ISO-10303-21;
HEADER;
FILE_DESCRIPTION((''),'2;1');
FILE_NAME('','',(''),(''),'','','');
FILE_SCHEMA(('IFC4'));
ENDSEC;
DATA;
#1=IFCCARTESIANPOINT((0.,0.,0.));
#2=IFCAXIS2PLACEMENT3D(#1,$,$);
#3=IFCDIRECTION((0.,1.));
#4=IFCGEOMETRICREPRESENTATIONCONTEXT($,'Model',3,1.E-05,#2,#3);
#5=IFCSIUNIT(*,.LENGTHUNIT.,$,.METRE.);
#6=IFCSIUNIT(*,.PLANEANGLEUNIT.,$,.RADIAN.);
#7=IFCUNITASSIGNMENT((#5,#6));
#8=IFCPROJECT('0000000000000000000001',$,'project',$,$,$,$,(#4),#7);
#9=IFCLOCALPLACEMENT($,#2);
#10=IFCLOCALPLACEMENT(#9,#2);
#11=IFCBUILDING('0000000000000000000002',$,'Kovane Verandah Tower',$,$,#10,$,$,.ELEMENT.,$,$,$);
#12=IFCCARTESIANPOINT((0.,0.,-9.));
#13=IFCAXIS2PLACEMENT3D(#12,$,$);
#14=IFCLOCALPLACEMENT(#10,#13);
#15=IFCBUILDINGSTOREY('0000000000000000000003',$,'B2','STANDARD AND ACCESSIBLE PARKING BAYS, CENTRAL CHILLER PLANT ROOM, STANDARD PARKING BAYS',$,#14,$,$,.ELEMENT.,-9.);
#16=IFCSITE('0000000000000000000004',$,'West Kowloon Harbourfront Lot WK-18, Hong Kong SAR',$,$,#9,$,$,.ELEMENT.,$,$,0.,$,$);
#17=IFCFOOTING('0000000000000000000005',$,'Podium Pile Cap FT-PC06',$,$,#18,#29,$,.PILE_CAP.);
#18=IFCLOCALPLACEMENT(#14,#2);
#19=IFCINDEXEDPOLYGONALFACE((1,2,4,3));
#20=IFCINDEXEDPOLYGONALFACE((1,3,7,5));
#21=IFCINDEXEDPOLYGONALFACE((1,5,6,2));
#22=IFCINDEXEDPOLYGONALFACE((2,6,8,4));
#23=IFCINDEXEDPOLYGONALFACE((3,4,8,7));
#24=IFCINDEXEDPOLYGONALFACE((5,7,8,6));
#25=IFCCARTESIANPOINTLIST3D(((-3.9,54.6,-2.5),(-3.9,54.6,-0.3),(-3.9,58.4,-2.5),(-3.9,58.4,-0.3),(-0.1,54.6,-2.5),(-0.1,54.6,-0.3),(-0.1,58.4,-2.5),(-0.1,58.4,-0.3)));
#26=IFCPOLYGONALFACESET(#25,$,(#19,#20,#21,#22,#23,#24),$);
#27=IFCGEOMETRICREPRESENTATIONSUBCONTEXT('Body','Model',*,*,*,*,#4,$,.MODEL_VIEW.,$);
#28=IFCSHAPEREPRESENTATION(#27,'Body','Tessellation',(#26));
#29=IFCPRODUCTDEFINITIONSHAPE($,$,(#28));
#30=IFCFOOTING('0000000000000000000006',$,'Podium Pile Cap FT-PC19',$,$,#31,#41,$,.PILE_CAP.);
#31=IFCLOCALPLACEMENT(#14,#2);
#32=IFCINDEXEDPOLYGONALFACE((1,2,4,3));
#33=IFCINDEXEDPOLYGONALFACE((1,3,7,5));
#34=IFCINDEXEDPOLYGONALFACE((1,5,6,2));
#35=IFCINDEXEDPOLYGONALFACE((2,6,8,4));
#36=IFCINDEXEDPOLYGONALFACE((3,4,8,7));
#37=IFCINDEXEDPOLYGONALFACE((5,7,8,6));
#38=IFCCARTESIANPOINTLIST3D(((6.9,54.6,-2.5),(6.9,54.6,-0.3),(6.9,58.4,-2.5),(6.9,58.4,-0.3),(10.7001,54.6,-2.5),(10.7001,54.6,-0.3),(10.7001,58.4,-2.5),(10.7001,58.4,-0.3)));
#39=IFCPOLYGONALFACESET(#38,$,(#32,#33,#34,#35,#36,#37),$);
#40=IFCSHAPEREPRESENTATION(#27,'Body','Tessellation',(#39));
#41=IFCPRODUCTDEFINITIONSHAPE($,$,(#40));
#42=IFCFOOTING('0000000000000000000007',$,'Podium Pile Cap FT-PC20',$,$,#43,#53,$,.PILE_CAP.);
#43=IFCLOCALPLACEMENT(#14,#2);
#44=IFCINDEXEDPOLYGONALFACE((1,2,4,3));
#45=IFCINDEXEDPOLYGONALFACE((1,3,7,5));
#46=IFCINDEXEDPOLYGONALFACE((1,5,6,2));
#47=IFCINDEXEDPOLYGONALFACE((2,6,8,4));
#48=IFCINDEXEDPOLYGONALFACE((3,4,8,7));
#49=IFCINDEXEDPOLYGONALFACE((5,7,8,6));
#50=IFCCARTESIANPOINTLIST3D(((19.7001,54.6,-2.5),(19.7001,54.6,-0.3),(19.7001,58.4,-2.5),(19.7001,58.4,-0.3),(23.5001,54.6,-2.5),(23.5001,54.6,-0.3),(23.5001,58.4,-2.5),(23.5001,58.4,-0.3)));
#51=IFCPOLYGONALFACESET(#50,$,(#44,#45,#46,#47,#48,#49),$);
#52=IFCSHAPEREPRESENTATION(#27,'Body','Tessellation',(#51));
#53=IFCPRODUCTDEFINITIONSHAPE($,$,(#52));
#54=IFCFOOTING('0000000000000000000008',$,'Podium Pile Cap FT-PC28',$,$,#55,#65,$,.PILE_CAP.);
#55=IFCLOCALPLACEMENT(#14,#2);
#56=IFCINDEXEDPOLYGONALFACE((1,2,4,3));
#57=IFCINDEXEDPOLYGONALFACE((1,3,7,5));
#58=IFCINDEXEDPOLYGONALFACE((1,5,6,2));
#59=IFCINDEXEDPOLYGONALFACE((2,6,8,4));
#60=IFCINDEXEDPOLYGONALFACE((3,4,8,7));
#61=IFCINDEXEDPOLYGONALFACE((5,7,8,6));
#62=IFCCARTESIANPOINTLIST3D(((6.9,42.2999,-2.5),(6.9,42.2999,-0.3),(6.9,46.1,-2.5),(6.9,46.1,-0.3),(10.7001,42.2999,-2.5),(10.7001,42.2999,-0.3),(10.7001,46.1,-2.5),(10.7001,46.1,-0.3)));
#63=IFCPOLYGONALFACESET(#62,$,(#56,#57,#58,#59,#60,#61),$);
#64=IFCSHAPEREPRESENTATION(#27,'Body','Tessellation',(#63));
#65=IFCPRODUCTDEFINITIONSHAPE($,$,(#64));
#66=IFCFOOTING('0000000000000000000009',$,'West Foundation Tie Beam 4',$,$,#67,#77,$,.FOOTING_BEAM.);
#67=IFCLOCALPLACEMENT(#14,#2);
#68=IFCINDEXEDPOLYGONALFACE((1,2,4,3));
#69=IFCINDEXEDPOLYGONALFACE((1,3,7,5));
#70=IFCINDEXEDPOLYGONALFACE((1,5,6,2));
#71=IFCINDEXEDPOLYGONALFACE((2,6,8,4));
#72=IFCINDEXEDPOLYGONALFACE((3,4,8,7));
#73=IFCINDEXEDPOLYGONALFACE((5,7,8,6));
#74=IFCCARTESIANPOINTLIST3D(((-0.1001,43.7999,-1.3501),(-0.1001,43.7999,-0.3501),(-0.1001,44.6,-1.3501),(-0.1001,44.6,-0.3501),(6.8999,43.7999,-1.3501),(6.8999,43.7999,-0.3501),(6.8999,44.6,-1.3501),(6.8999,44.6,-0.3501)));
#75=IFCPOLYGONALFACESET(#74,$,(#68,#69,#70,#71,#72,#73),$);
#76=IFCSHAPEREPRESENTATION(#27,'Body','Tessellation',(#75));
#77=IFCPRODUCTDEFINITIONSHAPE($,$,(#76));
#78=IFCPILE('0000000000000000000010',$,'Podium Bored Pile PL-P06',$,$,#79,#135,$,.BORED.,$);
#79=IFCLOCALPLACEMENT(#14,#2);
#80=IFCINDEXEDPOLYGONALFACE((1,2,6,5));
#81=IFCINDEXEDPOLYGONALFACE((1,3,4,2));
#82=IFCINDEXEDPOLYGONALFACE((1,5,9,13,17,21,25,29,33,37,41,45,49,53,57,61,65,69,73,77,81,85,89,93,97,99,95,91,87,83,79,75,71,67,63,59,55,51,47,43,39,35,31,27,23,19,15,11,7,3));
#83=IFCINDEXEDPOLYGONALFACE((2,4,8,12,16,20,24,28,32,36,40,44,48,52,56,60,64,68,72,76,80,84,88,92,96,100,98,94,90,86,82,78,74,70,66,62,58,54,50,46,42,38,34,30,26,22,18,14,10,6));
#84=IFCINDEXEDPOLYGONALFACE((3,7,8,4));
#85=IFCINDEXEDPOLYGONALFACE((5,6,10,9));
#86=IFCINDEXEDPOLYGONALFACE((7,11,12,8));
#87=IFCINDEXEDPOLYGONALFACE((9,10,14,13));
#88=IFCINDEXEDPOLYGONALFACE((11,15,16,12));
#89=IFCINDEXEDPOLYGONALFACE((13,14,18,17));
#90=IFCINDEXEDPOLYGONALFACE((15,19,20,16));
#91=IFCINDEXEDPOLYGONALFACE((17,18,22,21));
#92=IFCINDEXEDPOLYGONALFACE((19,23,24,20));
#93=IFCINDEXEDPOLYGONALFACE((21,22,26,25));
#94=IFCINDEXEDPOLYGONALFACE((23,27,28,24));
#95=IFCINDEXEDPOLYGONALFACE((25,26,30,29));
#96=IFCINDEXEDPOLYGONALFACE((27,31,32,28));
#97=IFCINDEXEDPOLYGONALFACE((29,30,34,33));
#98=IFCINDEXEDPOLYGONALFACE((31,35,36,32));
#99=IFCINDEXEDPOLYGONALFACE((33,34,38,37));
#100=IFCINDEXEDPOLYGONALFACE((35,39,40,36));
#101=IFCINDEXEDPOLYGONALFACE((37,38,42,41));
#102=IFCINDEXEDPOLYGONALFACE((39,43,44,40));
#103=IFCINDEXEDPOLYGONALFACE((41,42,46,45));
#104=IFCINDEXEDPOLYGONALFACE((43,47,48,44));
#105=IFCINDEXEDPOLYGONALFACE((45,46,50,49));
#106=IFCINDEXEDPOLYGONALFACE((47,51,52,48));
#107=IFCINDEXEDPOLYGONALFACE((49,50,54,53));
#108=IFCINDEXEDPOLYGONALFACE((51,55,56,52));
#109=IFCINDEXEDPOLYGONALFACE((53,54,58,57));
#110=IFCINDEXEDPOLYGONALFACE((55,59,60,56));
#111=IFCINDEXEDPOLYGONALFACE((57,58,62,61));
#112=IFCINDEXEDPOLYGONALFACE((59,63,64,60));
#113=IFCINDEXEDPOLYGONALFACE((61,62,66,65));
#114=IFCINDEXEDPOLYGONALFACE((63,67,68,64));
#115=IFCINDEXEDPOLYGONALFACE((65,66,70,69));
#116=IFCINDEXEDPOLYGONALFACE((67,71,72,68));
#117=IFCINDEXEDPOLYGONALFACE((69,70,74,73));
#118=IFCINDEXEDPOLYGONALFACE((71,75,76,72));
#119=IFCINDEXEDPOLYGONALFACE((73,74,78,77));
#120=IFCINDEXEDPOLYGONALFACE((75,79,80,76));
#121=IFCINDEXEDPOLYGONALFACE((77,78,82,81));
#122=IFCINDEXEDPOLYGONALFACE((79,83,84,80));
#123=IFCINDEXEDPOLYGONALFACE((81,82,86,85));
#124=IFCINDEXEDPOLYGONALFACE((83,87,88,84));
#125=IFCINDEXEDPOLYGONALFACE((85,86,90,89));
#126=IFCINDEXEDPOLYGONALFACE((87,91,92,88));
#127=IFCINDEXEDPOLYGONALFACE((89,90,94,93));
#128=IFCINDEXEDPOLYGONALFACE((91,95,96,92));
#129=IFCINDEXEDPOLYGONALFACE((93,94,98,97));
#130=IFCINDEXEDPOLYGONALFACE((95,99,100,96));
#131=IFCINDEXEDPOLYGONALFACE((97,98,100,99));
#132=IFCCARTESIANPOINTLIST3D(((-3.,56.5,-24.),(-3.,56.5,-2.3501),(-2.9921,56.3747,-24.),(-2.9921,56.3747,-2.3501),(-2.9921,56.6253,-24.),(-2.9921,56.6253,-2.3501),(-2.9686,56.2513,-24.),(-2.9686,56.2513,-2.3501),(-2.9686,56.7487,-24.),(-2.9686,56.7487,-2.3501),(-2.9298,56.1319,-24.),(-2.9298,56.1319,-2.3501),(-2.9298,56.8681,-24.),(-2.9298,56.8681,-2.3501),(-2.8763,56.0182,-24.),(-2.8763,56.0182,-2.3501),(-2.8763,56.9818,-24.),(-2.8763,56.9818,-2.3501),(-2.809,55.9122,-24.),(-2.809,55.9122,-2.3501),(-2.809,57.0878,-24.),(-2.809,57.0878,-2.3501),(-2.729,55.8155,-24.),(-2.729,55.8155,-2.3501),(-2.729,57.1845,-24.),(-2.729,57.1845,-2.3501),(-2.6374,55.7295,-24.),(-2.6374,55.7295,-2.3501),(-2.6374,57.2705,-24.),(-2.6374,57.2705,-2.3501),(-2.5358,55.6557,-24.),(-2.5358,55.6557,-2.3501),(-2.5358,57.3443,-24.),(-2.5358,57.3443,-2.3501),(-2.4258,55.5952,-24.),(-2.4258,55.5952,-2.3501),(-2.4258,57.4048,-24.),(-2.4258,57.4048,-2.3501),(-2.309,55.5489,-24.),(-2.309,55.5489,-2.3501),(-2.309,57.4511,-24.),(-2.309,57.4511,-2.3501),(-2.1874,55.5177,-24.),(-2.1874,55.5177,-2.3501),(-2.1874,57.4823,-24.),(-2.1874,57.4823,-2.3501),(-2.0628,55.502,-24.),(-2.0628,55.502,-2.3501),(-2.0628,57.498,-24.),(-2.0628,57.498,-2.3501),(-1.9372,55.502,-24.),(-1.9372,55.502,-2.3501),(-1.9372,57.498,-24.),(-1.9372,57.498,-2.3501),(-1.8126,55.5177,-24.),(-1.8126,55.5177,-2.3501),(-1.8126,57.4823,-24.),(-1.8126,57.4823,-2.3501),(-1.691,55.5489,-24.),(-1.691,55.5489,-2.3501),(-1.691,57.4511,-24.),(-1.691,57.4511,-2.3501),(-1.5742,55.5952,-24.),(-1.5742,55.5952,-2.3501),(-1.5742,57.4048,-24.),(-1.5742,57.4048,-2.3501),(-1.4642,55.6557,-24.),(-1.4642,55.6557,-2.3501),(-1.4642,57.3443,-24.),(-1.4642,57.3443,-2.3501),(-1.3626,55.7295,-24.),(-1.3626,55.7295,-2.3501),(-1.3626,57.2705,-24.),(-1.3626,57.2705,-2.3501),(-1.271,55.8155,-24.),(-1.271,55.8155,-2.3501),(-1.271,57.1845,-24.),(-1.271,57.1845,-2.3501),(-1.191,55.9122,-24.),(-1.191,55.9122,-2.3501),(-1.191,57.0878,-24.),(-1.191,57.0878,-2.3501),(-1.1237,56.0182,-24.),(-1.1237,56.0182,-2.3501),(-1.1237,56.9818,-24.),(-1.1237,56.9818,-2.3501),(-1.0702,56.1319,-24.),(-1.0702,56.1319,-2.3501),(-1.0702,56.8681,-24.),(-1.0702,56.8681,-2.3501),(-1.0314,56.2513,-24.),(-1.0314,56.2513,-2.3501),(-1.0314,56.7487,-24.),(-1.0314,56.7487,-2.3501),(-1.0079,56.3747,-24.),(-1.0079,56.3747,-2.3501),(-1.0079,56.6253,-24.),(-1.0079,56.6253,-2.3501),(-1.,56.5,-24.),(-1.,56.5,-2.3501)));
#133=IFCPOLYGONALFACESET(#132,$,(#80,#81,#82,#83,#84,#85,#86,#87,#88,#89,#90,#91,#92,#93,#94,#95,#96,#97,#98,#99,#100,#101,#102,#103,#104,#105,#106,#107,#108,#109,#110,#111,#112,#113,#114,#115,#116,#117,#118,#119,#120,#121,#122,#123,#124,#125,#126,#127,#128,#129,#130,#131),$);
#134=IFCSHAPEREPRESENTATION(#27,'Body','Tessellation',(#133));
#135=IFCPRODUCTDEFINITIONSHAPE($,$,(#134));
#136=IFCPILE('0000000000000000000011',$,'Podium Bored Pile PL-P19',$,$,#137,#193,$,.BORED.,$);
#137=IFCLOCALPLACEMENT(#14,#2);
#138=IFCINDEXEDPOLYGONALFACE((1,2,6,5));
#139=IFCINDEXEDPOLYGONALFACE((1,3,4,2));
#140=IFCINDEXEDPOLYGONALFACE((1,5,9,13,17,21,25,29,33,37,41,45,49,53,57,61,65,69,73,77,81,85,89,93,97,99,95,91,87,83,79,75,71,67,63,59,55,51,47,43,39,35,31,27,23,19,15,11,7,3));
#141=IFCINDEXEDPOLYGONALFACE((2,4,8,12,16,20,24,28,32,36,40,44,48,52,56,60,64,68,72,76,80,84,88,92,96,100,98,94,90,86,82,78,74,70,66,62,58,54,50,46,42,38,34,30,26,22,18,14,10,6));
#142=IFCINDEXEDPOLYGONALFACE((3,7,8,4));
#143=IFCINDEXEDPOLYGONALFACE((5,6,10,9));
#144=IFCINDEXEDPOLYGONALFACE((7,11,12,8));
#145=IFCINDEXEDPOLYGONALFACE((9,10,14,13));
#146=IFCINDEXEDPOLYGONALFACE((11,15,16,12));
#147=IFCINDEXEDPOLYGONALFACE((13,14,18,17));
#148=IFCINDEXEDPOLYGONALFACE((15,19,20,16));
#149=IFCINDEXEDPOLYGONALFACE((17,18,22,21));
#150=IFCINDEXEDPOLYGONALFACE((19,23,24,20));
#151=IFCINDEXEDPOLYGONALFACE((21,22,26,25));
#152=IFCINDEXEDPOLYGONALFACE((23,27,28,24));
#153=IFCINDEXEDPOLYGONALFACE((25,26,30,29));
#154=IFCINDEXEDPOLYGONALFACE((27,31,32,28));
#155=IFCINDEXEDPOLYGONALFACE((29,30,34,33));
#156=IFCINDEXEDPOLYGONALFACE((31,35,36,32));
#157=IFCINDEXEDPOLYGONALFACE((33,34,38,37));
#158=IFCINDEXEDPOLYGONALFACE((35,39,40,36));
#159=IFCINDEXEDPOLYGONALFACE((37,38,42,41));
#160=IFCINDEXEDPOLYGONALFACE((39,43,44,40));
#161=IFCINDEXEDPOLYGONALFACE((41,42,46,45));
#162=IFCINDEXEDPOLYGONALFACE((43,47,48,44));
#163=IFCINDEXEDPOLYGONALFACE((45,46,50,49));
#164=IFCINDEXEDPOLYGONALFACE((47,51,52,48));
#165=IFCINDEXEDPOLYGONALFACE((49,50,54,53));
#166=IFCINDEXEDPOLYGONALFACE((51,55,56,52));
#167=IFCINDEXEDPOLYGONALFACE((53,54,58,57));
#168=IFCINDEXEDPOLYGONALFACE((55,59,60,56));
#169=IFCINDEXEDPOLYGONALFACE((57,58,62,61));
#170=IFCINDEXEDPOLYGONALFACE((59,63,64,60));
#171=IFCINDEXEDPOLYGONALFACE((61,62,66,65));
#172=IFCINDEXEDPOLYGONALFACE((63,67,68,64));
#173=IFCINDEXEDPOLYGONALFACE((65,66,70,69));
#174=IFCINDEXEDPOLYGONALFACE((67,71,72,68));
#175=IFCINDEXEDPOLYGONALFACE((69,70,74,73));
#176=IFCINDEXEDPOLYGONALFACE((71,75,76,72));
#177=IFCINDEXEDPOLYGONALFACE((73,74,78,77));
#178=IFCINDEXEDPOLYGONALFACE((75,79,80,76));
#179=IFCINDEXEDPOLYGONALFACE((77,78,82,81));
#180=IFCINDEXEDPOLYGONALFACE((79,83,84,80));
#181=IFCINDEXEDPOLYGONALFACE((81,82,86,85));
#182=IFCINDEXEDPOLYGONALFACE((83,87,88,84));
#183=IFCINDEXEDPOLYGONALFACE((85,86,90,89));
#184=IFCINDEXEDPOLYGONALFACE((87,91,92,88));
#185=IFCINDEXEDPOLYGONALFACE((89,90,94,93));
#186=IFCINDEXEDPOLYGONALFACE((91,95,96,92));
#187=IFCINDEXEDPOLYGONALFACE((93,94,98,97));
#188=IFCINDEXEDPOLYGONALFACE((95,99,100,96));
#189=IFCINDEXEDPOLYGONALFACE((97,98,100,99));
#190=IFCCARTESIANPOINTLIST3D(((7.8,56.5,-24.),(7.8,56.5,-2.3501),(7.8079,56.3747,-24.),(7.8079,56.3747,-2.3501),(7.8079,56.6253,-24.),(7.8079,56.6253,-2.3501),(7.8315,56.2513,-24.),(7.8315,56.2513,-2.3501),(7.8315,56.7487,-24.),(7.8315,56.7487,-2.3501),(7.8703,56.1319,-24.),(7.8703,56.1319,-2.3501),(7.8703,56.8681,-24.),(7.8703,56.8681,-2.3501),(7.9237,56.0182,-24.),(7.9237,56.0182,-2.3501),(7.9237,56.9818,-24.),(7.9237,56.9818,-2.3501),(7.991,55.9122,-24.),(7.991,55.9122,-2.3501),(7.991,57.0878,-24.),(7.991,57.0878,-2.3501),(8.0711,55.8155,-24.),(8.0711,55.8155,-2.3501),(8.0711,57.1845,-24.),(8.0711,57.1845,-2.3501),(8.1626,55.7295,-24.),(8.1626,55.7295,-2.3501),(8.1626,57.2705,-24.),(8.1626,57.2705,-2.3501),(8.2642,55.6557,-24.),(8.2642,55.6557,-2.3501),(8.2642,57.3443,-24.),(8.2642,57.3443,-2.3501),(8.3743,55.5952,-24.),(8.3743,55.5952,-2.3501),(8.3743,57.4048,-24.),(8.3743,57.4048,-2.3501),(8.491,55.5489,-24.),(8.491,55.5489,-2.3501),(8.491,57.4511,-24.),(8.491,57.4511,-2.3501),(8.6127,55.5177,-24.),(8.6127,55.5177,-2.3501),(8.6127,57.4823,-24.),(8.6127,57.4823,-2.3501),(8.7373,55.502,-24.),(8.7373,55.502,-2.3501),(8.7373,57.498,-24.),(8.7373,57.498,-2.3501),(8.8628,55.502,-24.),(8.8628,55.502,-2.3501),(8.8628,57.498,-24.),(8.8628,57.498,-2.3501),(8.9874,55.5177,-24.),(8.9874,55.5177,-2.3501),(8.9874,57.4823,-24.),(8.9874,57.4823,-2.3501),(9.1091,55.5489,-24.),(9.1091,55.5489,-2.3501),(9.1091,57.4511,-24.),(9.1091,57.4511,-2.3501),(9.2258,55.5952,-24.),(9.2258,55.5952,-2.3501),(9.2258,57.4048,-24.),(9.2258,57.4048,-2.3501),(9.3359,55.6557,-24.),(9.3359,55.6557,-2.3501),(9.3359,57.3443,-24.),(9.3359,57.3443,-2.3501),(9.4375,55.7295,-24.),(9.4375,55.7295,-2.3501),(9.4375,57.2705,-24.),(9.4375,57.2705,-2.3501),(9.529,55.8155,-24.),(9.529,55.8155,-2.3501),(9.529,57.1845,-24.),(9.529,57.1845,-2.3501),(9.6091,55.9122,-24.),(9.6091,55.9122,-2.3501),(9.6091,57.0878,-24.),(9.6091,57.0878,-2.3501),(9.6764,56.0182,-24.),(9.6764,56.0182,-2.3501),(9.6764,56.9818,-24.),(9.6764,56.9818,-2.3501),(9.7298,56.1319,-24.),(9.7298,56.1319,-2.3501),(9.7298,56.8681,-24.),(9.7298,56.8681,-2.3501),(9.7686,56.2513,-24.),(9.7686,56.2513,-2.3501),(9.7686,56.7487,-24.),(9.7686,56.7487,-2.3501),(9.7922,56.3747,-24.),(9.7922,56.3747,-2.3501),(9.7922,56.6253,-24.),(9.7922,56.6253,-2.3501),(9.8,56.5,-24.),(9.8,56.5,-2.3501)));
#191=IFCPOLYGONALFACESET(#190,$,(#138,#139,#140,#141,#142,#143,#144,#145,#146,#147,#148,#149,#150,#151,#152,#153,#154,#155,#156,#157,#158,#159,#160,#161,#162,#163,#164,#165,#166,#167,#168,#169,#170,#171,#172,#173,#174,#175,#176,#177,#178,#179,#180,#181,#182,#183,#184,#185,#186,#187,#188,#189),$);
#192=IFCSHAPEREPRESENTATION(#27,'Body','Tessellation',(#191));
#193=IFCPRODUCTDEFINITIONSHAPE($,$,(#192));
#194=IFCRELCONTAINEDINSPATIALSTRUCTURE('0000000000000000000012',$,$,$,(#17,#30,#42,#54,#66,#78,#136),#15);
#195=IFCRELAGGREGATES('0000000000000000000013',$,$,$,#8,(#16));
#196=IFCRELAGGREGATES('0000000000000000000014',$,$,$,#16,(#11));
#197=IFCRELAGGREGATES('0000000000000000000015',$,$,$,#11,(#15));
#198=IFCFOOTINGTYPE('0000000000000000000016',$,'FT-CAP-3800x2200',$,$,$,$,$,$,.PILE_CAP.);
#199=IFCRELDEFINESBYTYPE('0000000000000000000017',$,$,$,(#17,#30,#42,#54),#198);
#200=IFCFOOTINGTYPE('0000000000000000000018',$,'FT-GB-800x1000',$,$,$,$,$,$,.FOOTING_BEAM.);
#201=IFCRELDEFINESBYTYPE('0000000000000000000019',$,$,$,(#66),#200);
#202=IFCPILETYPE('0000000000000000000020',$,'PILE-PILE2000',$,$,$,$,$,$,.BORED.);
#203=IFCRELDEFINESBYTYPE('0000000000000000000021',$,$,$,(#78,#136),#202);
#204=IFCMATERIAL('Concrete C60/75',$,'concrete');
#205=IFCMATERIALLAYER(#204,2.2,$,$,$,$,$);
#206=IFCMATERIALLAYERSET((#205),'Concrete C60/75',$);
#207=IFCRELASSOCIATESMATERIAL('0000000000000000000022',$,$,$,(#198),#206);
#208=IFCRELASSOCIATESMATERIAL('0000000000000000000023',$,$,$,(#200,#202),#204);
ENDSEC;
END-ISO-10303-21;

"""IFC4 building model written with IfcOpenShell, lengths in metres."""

from ifc_helpers import new_model, si_unit, direction, frame, origin, origin_2d, place, context, subcontext, project, spatial, rectangle, circle, extrude, material, layer, layer_set, material_profile, profile_set, type_object, element, save


model = new_model("IFC4")

# Units and contexts
model_context = context("Model", 3, precision=1e-05, world=origin(), true_north=direction((0.0, 1.0)))
body_context = subcontext(model_context, "Body", "Model", "MODEL_VIEW")
ifc_project = project(units=[si_unit("LENGTHUNIT", "METRE"), si_unit("PLANEANGLEUNIT", "RADIAN")], contexts=[model_context])

# Site, building, storey
site_placement = place(None, origin())
site = spatial("IfcSite", under=ifc_project, at=site_placement, Name="West Kowloon Harbourfront Lot WK-18, Hong Kong SAR", CompositionType="ELEMENT", RefElevation=0.0)
building_placement = place(site_placement, origin())
building = spatial("IfcBuilding", under=site, at=building_placement, Name="Kovane Verandah Tower", CompositionType="ELEMENT")
storey_placement = place(building_placement, frame((0.0, 0.0, -9.0)))
storey = spatial("IfcBuildingStorey", under=building, at=storey_placement, Name="B2", Description="STANDARD AND ACCESSIBLE PARKING BAYS, CENTRAL CHILLER PLANT ROOM, STANDARD PARKING BAYS", CompositionType="ELEMENT", Elevation=-9.0)

# Footings
ifc_material_1 = material(Name="Concrete C60/75", Category="concrete")
ifc_layer_1 = layer(ifc_material_1, 2.2)
ifc_layer_set_1 = layer_set([ifc_layer_1], Name="Concrete C60/75")
footing_type_1 = type_object("IfcFootingType", Name="FT-CAP-3800x2200", PredefinedType="PILE_CAP", material=ifc_layer_set_1)
for number, where, z_axis, x_axis, name in (
    (1, (-2.0, 56.5, -2.5), (0.0, 0.0, 1.0), (1.0, 0.0, 0.0), "Podium Pile Cap FT-PC06"),
    (2, (8.8, 56.5, -2.5), (0.0, 0.0, 1.0), (1.0, 0.0, 0.0), "Podium Pile Cap FT-PC19"),
    (3, (21.6001, 56.5, -2.5), (0.0, 0.0, 1.0), (1.0, 0.0, 0.0), "Podium Pile Cap FT-PC20"),
    (4, (8.8, 44.2, -2.5), (0.0, 0.0, 1.0), (1.0, 0.0, 0.0), "Podium Pile Cap FT-PC28"),
):
    element("IfcFooting", number, at=place(storey_placement, frame(where, z_axis=z_axis, x_axis=x_axis)), inside=storey, type_object=footing_type_1, Name=name, PredefinedType="PILE_CAP", context=body_context, shape_type="SweptSolid", body=[
        extrude(rectangle(XDim=3.8, YDim=3.8, at=origin_2d()), origin(), (0.0, 0.0, 1.0), 2.2),
    ])
ifc_material_profile_1 = material_profile(ifc_material_1, rectangle(XDim=0.8, YDim=1.0, at=origin_2d()), Name="RCB800x1000")
ifc_profile_set_1 = profile_set([ifc_material_profile_1], Name="Concrete C60/75")
footing_type_2 = type_object("IfcFootingType", Name="FT-GB-800x1000", PredefinedType="FOOTING_BEAM", material=ifc_profile_set_1)
footing_placement = place(storey_placement, frame((3.3999, 44.2, -1.3501), z_axis=(0.0, 0.0, 1.0), x_axis=(1.0, 0.0, 0.0)))
element("IfcFooting", 5, at=footing_placement, inside=storey, type_object=footing_type_2, Name="West Foundation Tie Beam 4", PredefinedType="FOOTING_BEAM", context=body_context, shape_type="SweptSolid", body=[
    extrude(rectangle(XDim=7.0, YDim=0.8, at=origin_2d()), origin(), (0.0, 0.0, 1.0), 1.0),
])

# Piles
ifc_material_profile_2 = material_profile(ifc_material_1, circle(Radius=1.0, at=origin_2d()), Name="PILE2000")
ifc_profile_set_2 = profile_set([ifc_material_profile_2], Name="Concrete C60/75")
pile_type_1 = type_object("IfcPileType", Name="PILE-PILE2000", PredefinedType="BORED", material=ifc_profile_set_2)
for number, where, z_axis, x_axis, name in (
    (6, (-2.0, 56.5, -2.3501), (0.0, 0.0, -1.0), (1.0, 0.0, 0.0), "Podium Bored Pile PL-P06"),
    (7, (8.8, 56.5, -2.3501), (0.0, 0.0, -1.0), (1.0, 0.0, 0.0), "Podium Bored Pile PL-P19"),
):
    element("IfcPile", number, at=place(storey_placement, frame(where, z_axis=z_axis, x_axis=x_axis)), inside=storey, type_object=pile_type_1, Name=name, PredefinedType="BORED", context=body_context, shape_type="SweptSolid", body=[
        extrude(circle(Radius=1.0, at=origin_2d()), origin(), (0.0, 0.0, 1.0), 21.6499),
    ])

save(model, "model.ifc")
